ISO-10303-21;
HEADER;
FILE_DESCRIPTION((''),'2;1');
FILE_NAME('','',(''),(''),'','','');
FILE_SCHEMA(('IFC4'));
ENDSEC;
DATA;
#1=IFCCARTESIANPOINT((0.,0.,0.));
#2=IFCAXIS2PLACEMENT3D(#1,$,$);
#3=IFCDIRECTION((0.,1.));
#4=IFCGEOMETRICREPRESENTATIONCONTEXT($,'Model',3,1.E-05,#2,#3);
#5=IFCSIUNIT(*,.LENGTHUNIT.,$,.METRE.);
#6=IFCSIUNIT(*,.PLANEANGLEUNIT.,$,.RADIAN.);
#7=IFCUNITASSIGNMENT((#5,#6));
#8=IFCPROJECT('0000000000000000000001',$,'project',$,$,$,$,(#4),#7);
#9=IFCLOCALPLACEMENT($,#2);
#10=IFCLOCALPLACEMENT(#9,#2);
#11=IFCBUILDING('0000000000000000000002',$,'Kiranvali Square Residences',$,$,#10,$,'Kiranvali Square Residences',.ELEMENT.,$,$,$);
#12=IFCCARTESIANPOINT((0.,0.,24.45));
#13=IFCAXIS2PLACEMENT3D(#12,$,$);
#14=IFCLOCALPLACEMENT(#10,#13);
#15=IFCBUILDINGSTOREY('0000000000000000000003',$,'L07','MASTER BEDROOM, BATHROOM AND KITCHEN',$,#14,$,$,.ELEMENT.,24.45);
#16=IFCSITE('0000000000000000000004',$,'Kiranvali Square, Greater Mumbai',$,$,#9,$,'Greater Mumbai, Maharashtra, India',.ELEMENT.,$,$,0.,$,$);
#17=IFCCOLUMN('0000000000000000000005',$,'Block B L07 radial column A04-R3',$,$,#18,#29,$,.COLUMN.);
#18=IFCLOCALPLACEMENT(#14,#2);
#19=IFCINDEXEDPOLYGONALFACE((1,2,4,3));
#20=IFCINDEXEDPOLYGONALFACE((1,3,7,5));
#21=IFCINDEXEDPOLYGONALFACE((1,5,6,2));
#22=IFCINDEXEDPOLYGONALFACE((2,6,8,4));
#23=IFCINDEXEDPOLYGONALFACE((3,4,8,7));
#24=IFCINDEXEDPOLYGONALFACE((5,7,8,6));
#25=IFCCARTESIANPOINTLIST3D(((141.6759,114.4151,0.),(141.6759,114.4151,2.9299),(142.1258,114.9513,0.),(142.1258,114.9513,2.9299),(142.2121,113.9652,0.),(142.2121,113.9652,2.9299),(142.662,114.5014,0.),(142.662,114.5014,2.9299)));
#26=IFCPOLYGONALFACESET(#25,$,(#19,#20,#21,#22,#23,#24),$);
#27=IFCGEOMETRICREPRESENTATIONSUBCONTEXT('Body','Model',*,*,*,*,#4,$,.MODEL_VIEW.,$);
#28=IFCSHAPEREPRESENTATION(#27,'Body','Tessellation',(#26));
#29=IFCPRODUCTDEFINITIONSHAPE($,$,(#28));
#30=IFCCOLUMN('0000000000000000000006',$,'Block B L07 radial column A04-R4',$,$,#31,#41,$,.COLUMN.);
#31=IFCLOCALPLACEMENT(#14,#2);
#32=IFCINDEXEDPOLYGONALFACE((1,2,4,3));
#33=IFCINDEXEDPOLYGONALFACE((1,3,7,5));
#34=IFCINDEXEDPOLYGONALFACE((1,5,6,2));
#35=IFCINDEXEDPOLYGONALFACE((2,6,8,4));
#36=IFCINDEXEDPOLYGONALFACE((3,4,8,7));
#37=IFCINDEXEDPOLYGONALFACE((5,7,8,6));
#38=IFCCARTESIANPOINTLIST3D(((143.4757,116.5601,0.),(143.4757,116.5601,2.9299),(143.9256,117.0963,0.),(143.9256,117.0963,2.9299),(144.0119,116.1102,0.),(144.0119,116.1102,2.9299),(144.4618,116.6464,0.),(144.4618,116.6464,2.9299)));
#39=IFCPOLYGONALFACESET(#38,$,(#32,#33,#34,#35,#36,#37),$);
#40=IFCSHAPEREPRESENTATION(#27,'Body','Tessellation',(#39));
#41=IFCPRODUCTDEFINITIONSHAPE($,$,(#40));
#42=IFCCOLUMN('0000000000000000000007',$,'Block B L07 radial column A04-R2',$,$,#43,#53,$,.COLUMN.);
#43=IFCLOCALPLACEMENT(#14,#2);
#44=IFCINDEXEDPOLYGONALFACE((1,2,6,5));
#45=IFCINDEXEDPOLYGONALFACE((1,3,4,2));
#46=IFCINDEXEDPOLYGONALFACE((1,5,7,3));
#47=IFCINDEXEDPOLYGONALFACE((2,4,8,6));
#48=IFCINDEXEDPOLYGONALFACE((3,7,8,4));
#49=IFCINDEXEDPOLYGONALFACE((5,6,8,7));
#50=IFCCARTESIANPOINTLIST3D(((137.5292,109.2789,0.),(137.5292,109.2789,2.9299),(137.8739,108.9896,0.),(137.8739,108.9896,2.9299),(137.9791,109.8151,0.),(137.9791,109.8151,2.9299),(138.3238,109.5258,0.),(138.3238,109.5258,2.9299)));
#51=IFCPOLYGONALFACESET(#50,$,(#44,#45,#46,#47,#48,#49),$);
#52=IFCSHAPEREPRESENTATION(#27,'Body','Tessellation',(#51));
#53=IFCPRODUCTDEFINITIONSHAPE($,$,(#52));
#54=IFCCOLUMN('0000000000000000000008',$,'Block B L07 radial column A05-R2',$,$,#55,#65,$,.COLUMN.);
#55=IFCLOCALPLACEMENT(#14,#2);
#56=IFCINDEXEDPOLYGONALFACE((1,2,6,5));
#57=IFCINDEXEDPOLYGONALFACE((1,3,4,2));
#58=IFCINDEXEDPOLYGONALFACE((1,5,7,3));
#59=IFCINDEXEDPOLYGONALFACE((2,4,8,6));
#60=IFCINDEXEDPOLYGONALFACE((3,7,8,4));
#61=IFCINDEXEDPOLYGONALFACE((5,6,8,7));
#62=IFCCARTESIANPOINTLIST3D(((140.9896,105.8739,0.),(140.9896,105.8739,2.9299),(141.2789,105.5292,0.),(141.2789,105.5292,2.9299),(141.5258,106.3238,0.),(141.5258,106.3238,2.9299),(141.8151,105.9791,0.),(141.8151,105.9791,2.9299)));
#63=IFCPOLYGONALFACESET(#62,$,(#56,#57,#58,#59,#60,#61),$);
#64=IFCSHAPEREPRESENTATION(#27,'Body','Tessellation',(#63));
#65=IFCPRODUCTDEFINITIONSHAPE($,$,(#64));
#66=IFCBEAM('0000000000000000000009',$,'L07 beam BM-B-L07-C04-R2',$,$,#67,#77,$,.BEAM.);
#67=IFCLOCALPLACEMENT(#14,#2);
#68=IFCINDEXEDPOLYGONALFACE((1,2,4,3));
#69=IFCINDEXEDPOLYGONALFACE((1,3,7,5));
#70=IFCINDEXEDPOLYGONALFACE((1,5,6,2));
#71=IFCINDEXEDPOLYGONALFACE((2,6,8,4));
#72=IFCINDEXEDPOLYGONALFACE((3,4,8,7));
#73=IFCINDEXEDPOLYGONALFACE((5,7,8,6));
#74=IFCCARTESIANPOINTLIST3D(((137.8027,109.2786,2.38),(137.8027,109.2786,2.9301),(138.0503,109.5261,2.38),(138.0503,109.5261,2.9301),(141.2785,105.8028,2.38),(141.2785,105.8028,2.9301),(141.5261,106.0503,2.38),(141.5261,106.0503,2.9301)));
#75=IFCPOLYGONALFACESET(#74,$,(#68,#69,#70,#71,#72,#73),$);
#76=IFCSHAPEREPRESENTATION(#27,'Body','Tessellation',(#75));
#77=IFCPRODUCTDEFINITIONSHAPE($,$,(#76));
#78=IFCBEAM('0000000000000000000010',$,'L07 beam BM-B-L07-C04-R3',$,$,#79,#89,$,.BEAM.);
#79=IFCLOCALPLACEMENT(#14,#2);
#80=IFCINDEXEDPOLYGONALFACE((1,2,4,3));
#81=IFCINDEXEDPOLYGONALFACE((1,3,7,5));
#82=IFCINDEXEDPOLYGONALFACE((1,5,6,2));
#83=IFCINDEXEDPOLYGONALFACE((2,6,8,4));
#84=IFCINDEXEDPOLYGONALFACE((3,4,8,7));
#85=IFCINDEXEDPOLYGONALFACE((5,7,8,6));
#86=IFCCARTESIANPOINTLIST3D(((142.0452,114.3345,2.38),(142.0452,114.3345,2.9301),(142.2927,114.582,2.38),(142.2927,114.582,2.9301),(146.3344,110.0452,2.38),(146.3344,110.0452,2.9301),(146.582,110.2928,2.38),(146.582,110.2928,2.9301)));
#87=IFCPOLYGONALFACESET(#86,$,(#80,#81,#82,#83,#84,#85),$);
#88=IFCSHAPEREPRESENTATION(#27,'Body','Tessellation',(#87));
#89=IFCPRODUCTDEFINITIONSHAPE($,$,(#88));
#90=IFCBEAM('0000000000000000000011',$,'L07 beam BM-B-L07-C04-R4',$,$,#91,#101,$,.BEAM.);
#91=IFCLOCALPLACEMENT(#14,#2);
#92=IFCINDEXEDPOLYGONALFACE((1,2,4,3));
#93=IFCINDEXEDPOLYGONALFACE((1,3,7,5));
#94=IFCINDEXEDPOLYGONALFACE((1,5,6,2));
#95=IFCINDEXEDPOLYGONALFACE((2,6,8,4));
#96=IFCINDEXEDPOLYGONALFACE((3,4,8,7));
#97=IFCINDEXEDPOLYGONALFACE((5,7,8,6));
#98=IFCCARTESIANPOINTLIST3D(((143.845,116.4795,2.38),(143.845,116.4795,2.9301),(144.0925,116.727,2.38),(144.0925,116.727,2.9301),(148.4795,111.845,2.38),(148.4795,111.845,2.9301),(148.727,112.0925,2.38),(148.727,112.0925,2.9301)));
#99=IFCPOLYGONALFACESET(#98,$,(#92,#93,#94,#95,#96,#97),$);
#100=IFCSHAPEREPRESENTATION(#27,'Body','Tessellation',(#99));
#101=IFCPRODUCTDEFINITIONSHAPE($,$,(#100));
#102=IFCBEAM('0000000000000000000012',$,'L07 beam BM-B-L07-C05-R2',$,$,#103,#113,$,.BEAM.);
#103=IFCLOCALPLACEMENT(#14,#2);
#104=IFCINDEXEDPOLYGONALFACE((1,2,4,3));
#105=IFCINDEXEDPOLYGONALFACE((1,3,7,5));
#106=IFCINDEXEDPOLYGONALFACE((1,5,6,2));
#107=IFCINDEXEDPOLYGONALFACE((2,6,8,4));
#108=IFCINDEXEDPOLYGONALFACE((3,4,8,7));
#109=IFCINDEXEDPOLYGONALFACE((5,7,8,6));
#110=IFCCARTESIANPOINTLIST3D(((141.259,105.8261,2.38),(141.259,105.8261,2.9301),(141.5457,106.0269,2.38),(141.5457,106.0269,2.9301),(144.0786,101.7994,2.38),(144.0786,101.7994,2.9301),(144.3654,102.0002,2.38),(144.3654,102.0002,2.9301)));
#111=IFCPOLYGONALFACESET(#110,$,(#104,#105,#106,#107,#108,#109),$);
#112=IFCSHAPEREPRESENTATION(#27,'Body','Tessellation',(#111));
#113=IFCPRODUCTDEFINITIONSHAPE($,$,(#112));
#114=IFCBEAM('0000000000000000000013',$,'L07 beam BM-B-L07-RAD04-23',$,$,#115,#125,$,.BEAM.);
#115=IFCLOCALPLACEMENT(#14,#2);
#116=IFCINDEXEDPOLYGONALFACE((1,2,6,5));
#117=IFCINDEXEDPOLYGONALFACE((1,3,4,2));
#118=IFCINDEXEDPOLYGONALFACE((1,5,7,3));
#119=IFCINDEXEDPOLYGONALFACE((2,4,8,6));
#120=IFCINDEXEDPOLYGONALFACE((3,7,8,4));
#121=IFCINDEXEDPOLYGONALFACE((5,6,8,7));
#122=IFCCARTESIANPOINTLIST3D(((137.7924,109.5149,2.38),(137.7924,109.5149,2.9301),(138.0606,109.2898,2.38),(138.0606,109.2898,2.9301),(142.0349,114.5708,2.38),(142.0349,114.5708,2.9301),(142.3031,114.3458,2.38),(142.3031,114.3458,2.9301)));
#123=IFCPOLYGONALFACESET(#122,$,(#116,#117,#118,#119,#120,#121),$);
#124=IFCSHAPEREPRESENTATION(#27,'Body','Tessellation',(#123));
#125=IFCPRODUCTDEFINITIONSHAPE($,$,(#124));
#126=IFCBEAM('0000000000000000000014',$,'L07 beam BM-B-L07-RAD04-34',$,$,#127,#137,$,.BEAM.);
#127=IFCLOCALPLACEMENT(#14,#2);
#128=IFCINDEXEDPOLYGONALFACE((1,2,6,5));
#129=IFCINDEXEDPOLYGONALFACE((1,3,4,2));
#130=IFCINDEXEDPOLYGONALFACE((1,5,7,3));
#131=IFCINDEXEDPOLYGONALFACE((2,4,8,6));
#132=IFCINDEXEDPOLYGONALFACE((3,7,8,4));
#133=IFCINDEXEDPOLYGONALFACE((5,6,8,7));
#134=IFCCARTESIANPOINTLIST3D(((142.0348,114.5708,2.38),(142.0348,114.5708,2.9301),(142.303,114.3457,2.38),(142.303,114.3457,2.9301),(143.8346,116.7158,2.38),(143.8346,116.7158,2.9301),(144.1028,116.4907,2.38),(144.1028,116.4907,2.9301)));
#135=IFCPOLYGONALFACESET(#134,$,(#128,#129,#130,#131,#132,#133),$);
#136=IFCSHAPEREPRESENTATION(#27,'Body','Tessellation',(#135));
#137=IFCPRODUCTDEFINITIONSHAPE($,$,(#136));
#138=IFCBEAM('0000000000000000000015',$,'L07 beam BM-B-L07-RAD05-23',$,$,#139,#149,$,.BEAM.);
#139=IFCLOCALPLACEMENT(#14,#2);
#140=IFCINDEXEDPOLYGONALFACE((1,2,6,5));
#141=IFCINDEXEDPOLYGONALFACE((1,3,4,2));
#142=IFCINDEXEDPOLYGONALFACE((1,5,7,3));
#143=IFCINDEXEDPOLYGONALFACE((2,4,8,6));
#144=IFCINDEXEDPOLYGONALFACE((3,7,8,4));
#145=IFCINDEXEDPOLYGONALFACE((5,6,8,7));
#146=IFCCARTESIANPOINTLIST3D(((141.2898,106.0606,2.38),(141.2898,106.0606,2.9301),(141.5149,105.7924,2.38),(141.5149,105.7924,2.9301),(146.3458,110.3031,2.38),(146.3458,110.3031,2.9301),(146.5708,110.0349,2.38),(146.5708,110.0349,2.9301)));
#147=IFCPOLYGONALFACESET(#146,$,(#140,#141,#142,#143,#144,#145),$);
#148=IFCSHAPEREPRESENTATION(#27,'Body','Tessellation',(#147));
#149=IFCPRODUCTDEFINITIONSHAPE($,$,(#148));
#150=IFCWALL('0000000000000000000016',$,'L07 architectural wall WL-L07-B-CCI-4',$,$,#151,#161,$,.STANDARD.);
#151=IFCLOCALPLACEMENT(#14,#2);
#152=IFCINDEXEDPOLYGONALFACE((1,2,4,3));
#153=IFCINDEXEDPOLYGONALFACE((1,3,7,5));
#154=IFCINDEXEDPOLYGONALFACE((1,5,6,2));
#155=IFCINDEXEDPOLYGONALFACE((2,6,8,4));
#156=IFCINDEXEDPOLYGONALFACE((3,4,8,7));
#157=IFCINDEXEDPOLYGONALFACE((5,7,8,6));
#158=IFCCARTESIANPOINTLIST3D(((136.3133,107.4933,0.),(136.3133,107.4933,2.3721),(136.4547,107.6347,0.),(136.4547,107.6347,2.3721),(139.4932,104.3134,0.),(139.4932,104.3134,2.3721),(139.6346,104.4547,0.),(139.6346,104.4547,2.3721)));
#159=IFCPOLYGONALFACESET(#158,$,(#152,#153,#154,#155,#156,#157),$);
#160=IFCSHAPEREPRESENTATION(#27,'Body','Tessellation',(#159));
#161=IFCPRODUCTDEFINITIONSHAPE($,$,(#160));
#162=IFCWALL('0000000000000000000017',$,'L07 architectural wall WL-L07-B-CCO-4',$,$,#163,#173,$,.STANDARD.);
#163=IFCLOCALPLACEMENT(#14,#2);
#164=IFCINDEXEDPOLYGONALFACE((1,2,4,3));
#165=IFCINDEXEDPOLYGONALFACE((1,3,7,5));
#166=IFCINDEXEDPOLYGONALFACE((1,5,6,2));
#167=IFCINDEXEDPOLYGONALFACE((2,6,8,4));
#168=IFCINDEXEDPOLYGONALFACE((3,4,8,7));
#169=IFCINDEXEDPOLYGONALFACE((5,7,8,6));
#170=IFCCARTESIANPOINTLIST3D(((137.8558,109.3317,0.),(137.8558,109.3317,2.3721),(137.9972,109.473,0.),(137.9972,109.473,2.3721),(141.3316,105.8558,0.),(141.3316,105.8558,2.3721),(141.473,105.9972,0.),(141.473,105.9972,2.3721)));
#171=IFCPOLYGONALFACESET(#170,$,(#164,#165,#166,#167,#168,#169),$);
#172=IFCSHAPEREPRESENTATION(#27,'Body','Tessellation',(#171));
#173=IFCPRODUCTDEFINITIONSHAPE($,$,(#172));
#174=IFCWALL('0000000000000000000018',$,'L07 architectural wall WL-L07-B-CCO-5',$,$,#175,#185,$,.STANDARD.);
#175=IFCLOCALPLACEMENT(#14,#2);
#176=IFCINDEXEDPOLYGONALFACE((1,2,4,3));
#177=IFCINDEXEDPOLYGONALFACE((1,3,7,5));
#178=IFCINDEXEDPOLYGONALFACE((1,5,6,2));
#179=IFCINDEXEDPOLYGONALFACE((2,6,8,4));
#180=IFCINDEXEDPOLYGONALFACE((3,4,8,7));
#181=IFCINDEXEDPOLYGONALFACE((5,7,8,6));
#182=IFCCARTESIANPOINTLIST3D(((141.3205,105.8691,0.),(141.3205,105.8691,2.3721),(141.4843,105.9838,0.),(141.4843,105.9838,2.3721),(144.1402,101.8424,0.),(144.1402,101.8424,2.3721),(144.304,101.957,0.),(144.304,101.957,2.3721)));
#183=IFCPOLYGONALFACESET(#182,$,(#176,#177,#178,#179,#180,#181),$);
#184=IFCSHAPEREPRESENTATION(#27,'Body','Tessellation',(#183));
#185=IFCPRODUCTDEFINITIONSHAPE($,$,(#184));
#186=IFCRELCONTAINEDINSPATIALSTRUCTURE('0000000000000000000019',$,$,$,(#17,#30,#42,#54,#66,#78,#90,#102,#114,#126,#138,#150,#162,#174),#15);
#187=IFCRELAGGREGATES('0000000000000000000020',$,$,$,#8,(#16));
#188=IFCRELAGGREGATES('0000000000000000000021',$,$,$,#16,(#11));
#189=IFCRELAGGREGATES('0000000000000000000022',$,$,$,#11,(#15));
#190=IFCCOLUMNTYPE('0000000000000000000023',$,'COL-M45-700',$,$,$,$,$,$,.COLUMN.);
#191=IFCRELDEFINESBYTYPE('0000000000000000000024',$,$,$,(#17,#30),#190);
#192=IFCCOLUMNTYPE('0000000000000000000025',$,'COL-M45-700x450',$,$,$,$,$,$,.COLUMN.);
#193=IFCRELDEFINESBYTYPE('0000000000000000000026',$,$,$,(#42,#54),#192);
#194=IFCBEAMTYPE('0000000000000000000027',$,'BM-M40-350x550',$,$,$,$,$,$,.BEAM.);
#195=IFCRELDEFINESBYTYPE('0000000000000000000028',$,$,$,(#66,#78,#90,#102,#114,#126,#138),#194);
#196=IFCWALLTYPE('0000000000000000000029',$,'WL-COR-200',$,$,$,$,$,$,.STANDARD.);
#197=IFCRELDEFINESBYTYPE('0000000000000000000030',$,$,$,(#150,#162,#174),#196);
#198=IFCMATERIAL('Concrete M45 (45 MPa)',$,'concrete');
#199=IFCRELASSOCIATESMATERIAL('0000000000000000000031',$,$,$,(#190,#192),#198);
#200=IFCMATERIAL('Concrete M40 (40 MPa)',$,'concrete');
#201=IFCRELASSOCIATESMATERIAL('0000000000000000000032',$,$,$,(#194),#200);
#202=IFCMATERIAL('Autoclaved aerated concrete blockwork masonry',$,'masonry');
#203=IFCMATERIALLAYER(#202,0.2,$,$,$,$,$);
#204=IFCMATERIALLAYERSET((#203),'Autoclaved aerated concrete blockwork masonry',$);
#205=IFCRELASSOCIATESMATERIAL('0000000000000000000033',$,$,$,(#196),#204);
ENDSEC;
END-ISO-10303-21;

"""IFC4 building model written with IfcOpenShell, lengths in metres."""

from ifc_helpers import new_model, si_unit, direction, frame, frame_2d, origin, origin_2d, place, context, subcontext, project, spatial, rectangle, extrude, material, layer, layer_set, material_profile, profile_set, type_object, element, save


model = new_model("IFC4")

# Units and contexts
model_context = context("Model", 3, precision=1e-05, world=origin(), true_north=direction((0.0, 1.0)))
body_context = subcontext(model_context, "Body", "Model", "MODEL_VIEW")
ifc_project = project(units=[si_unit("LENGTHUNIT", "METRE"), si_unit("PLANEANGLEUNIT", "RADIAN")], contexts=[model_context])

# Site, building, storey
site_placement = place(None, origin())
site = spatial("IfcSite", under=ifc_project, at=site_placement, Name="Kiranvali Square, Greater Mumbai", LongName="Greater Mumbai, Maharashtra, India", CompositionType="ELEMENT", RefElevation=0.0)
building_placement = place(site_placement, origin())
building = spatial("IfcBuilding", under=site, at=building_placement, Name="Kiranvali Square Residences", LongName="Kiranvali Square Residences", CompositionType="ELEMENT")
storey_placement = place(building_placement, frame((0.0, 0.0, 24.45)))
storey = spatial("IfcBuildingStorey", under=building, at=storey_placement, Name="L07", Description="MASTER BEDROOM, BATHROOM AND KITCHEN", CompositionType="ELEMENT", Elevation=24.45)

# Columns
ifc_material_1 = material(Name="Concrete M45 (45 MPa)", Category="concrete")
ifc_material_profile_1 = material_profile(ifc_material_1, rectangle(XDim=0.7, YDim=0.7, at=origin_2d()), Name="RC 700x700")
ifc_profile_set_1 = profile_set([ifc_material_profile_1], Name="Concrete M45 (45 MPa)")
column_type_1 = type_object("IfcColumnType", Name="COL-M45-700", PredefinedType="COLUMN", material=ifc_profile_set_1)
for number, where, z_axis, x_axis, name in (
    (1, (142.1689, 114.4583, 0.0), (0.0, 0.0, 1.0), (-0.766044, 0.642788, 0.0), "Block B L07 radial column A04-R3"),
    (2, (143.9688, 116.6033, 0.0), (0.0, 0.0, 1.0), (-0.766044, 0.642788, 0.0), "Block B L07 radial column A04-R4"),
):
    element("IfcColumn", number, at=place(storey_placement, frame(where, z_axis=z_axis, x_axis=x_axis)), inside=storey, type_object=column_type_1, Name=name, PredefinedType="COLUMN", context=body_context, shape_type="SweptSolid", body=[
        extrude(rectangle(XDim=0.7, YDim=0.7, at=origin_2d()), origin(), (0.0, 0.0, 1.0), 2.9299),
    ])
ifc_material_profile_2 = material_profile(ifc_material_1, rectangle(XDim=0.45, YDim=0.7, at=origin_2d()), Name="RC 700x450")
ifc_profile_set_2 = profile_set([ifc_material_profile_2], Name="Concrete M45 (45 MPa)")
column_type_2 = type_object("IfcColumnType", Name="COL-M45-700x450", PredefinedType="COLUMN", material=ifc_profile_set_2)
for number, where, z_axis, x_axis, name in (
    (3, (137.9265, 109.4023, 0.0), (0.0, 0.0, 1.0), (-0.766044, 0.642788, 0.0), "Block B L07 radial column A04-R2"),
    (4, (141.4023, 105.9265, 0.0), (0.0, 0.0, 1.0), (-0.642788, 0.766044, 0.0), "Block B L07 radial column A05-R2"),
):
    element("IfcColumn", number, at=place(storey_placement, frame(where, z_axis=z_axis, x_axis=x_axis)), inside=storey, type_object=column_type_2, Name=name, PredefinedType="COLUMN", context=body_context, shape_type="SweptSolid", body=[
        extrude(rectangle(XDim=0.45, YDim=0.7, at=origin_2d()), origin(), (0.0, 0.0, 1.0), 2.9299),
    ])

# Beams
ifc_material_2 = material(Name="Concrete M40 (40 MPa)", Category="concrete")
ifc_material_profile_3 = material_profile(ifc_material_2, rectangle(XDim=0.3501, YDim=0.55, at=origin_2d()), Name="RC 350x550")
ifc_profile_set_3 = profile_set([ifc_material_profile_3], Name="Concrete M40 (40 MPa)")
beam_type = type_object("IfcBeamType", Name="BM-M40-350x550", PredefinedType="BEAM", material=ifc_profile_set_3)
beam_1_placement = place(storey_placement, frame((137.9265, 109.4023, 2.655), z_axis=(0.707107, -0.707107, 0.0), x_axis=(0.707107, 0.707107, 0.0)))
element("IfcBeam", 5, at=beam_1_placement, inside=storey, type_object=beam_type, Name="L07 beam BM-B-L07-C04-R2", PredefinedType="BEAM", context=body_context, shape_type="SweptSolid", body=[
    extrude(rectangle(XDim=0.3501, YDim=0.55, at=origin_2d()), origin(), (0.0, 0.0, 1.0), 4.9155),
])
beam_2_placement = place(storey_placement, frame((142.1689, 114.4583, 2.655), z_axis=(0.707107, -0.707107, 0.0), x_axis=(0.707107, 0.707107, 0.0)))
element("IfcBeam", 6, at=beam_2_placement, inside=storey, type_object=beam_type, Name="L07 beam BM-B-L07-C04-R3", PredefinedType="BEAM", context=body_context, shape_type="SweptSolid", body=[
    extrude(rectangle(XDim=0.3501, YDim=0.55, at=origin_2d()), origin(), (0.0, 0.0, 1.0), 6.0659),
])
beam_3_placement = place(storey_placement, frame((143.9688, 116.6033, 2.655), z_axis=(0.707107, -0.707107, 0.0), x_axis=(0.707107, 0.707107, 0.0)))
element("IfcBeam", 7, at=beam_3_placement, inside=storey, type_object=beam_type, Name="L07 beam BM-B-L07-C04-R4", PredefinedType="BEAM", context=body_context, shape_type="SweptSolid", body=[
    extrude(rectangle(XDim=0.3501, YDim=0.55, at=origin_2d()), origin(), (0.0, 0.0, 1.0), 6.5542),
])
beam_4_placement = place(storey_placement, frame((141.4023, 105.9265, 2.655), z_axis=(0.573592, -0.819141, 0.0), x_axis=(0.819141, 0.573592, 0.0)))
element("IfcBeam", 8, at=beam_4_placement, inside=storey, type_object=beam_type, Name="L07 beam BM-B-L07-C05-R2", PredefinedType="BEAM", context=body_context, shape_type="SweptSolid", body=[
    extrude(rectangle(XDim=0.3501, YDim=0.55, at=origin_2d()), origin(), (0.0, 0.0, 1.0), 4.9158),
])
beam_5_placement = place(storey_placement, frame((137.9265, 109.4023, 2.655), z_axis=(0.642789, 0.766043, 0.0), x_axis=(-0.766043, 0.642789, 0.0)))
element("IfcBeam", 9, at=beam_5_placement, inside=storey, type_object=beam_type, Name="L07 beam BM-B-L07-RAD04-23", PredefinedType="BEAM", context=body_context, shape_type="SweptSolid", body=[
    extrude(rectangle(XDim=0.3501, YDim=0.55, at=origin_2d()), origin(), (0.0, 0.0, 1.0), 6.6001),
])
beam_6_placement = place(storey_placement, frame((142.1689, 114.4583, 2.655), z_axis=(0.642771, 0.766059, 0.0), x_axis=(-0.766059, 0.642771, 0.0)))
element("IfcBeam", 10, at=beam_6_placement, inside=storey, type_object=beam_type, Name="L07 beam BM-B-L07-RAD04-34", PredefinedType="BEAM", context=body_context, shape_type="SweptSolid", body=[
    extrude(rectangle(XDim=0.3501, YDim=0.55, at=origin_2d()), origin(), (0.0, 0.0, 1.0), 2.8),
])
beam_7_placement = place(storey_placement, frame((141.4023, 105.9265, 2.655), z_axis=(0.766043, 0.642789, 0.0), x_axis=(-0.642789, 0.766043, 0.0)))
element("IfcBeam", 11, at=beam_7_placement, inside=storey, type_object=beam_type, Name="L07 beam BM-B-L07-RAD05-23", PredefinedType="BEAM", context=body_context, shape_type="SweptSolid", body=[
    extrude(rectangle(XDim=0.3501, YDim=0.55, at=origin_2d()), origin(), (0.0, 0.0, 1.0), 6.6001),
])

# Walls
ifc_material_3 = material(Name="Autoclaved aerated concrete blockwork masonry", Category="masonry")
ifc_layer_1 = layer(ifc_material_3, 0.2)
ifc_layer_set_1 = layer_set([ifc_layer_1], Name="Autoclaved aerated concrete blockwork masonry")
wall_type_1 = type_object("IfcWallType", Name="WL-COR-200", PredefinedType="STANDARD", material=ifc_layer_set_1)
wall_1_placement = place(storey_placement, frame((136.384, 107.564, 0.0), z_axis=(0.0, 0.0, 1.0), x_axis=(0.707107, -0.707107, 0.0)))
element("IfcWall", 12, at=wall_1_placement, inside=storey, type_object=wall_type_1, Name="L07 architectural wall WL-L07-B-CCI-4", PredefinedType="STANDARD", context=body_context, shape_type="SweptSolid", body=[
    extrude(rectangle(XDim=4.4971, YDim=0.2, at=frame_2d((2.2485, 0.0))), origin(), (0.0, 0.0, 1.0), 2.3721),
])
wall_2_placement = place(storey_placement, frame((137.9265, 109.4023, 0.0), z_axis=(0.0, 0.0, 1.0), x_axis=(0.707107, -0.707107, 0.0)))
element("IfcWall", 13, at=wall_2_placement, inside=storey, type_object=wall_type_1, Name="L07 architectural wall WL-L07-B-CCO-4", PredefinedType="STANDARD", context=body_context, shape_type="SweptSolid", body=[
    extrude(rectangle(XDim=4.9155, YDim=0.2, at=frame_2d((2.4578, 0.0))), origin(), (0.0, 0.0, 1.0), 2.3721),
])

# Wall
wall_3_placement = place(storey_placement, frame((141.4023, 105.9265, 0.0), z_axis=(0.0, 0.0, 1.0), x_axis=(0.573592, -0.819141, 0.0)))
element("IfcWall", 14, at=wall_3_placement, inside=storey, type_object=wall_type_1, Name="L07 architectural wall WL-L07-B-CCO-5", PredefinedType="STANDARD", context=body_context, shape_type="SweptSolid", body=[
    extrude(rectangle(XDim=4.9158, YDim=0.2, at=frame_2d((2.458, 0.0))), origin(), (0.0, 0.0, 1.0), 2.3721),
])

save(model, "model.ifc")
